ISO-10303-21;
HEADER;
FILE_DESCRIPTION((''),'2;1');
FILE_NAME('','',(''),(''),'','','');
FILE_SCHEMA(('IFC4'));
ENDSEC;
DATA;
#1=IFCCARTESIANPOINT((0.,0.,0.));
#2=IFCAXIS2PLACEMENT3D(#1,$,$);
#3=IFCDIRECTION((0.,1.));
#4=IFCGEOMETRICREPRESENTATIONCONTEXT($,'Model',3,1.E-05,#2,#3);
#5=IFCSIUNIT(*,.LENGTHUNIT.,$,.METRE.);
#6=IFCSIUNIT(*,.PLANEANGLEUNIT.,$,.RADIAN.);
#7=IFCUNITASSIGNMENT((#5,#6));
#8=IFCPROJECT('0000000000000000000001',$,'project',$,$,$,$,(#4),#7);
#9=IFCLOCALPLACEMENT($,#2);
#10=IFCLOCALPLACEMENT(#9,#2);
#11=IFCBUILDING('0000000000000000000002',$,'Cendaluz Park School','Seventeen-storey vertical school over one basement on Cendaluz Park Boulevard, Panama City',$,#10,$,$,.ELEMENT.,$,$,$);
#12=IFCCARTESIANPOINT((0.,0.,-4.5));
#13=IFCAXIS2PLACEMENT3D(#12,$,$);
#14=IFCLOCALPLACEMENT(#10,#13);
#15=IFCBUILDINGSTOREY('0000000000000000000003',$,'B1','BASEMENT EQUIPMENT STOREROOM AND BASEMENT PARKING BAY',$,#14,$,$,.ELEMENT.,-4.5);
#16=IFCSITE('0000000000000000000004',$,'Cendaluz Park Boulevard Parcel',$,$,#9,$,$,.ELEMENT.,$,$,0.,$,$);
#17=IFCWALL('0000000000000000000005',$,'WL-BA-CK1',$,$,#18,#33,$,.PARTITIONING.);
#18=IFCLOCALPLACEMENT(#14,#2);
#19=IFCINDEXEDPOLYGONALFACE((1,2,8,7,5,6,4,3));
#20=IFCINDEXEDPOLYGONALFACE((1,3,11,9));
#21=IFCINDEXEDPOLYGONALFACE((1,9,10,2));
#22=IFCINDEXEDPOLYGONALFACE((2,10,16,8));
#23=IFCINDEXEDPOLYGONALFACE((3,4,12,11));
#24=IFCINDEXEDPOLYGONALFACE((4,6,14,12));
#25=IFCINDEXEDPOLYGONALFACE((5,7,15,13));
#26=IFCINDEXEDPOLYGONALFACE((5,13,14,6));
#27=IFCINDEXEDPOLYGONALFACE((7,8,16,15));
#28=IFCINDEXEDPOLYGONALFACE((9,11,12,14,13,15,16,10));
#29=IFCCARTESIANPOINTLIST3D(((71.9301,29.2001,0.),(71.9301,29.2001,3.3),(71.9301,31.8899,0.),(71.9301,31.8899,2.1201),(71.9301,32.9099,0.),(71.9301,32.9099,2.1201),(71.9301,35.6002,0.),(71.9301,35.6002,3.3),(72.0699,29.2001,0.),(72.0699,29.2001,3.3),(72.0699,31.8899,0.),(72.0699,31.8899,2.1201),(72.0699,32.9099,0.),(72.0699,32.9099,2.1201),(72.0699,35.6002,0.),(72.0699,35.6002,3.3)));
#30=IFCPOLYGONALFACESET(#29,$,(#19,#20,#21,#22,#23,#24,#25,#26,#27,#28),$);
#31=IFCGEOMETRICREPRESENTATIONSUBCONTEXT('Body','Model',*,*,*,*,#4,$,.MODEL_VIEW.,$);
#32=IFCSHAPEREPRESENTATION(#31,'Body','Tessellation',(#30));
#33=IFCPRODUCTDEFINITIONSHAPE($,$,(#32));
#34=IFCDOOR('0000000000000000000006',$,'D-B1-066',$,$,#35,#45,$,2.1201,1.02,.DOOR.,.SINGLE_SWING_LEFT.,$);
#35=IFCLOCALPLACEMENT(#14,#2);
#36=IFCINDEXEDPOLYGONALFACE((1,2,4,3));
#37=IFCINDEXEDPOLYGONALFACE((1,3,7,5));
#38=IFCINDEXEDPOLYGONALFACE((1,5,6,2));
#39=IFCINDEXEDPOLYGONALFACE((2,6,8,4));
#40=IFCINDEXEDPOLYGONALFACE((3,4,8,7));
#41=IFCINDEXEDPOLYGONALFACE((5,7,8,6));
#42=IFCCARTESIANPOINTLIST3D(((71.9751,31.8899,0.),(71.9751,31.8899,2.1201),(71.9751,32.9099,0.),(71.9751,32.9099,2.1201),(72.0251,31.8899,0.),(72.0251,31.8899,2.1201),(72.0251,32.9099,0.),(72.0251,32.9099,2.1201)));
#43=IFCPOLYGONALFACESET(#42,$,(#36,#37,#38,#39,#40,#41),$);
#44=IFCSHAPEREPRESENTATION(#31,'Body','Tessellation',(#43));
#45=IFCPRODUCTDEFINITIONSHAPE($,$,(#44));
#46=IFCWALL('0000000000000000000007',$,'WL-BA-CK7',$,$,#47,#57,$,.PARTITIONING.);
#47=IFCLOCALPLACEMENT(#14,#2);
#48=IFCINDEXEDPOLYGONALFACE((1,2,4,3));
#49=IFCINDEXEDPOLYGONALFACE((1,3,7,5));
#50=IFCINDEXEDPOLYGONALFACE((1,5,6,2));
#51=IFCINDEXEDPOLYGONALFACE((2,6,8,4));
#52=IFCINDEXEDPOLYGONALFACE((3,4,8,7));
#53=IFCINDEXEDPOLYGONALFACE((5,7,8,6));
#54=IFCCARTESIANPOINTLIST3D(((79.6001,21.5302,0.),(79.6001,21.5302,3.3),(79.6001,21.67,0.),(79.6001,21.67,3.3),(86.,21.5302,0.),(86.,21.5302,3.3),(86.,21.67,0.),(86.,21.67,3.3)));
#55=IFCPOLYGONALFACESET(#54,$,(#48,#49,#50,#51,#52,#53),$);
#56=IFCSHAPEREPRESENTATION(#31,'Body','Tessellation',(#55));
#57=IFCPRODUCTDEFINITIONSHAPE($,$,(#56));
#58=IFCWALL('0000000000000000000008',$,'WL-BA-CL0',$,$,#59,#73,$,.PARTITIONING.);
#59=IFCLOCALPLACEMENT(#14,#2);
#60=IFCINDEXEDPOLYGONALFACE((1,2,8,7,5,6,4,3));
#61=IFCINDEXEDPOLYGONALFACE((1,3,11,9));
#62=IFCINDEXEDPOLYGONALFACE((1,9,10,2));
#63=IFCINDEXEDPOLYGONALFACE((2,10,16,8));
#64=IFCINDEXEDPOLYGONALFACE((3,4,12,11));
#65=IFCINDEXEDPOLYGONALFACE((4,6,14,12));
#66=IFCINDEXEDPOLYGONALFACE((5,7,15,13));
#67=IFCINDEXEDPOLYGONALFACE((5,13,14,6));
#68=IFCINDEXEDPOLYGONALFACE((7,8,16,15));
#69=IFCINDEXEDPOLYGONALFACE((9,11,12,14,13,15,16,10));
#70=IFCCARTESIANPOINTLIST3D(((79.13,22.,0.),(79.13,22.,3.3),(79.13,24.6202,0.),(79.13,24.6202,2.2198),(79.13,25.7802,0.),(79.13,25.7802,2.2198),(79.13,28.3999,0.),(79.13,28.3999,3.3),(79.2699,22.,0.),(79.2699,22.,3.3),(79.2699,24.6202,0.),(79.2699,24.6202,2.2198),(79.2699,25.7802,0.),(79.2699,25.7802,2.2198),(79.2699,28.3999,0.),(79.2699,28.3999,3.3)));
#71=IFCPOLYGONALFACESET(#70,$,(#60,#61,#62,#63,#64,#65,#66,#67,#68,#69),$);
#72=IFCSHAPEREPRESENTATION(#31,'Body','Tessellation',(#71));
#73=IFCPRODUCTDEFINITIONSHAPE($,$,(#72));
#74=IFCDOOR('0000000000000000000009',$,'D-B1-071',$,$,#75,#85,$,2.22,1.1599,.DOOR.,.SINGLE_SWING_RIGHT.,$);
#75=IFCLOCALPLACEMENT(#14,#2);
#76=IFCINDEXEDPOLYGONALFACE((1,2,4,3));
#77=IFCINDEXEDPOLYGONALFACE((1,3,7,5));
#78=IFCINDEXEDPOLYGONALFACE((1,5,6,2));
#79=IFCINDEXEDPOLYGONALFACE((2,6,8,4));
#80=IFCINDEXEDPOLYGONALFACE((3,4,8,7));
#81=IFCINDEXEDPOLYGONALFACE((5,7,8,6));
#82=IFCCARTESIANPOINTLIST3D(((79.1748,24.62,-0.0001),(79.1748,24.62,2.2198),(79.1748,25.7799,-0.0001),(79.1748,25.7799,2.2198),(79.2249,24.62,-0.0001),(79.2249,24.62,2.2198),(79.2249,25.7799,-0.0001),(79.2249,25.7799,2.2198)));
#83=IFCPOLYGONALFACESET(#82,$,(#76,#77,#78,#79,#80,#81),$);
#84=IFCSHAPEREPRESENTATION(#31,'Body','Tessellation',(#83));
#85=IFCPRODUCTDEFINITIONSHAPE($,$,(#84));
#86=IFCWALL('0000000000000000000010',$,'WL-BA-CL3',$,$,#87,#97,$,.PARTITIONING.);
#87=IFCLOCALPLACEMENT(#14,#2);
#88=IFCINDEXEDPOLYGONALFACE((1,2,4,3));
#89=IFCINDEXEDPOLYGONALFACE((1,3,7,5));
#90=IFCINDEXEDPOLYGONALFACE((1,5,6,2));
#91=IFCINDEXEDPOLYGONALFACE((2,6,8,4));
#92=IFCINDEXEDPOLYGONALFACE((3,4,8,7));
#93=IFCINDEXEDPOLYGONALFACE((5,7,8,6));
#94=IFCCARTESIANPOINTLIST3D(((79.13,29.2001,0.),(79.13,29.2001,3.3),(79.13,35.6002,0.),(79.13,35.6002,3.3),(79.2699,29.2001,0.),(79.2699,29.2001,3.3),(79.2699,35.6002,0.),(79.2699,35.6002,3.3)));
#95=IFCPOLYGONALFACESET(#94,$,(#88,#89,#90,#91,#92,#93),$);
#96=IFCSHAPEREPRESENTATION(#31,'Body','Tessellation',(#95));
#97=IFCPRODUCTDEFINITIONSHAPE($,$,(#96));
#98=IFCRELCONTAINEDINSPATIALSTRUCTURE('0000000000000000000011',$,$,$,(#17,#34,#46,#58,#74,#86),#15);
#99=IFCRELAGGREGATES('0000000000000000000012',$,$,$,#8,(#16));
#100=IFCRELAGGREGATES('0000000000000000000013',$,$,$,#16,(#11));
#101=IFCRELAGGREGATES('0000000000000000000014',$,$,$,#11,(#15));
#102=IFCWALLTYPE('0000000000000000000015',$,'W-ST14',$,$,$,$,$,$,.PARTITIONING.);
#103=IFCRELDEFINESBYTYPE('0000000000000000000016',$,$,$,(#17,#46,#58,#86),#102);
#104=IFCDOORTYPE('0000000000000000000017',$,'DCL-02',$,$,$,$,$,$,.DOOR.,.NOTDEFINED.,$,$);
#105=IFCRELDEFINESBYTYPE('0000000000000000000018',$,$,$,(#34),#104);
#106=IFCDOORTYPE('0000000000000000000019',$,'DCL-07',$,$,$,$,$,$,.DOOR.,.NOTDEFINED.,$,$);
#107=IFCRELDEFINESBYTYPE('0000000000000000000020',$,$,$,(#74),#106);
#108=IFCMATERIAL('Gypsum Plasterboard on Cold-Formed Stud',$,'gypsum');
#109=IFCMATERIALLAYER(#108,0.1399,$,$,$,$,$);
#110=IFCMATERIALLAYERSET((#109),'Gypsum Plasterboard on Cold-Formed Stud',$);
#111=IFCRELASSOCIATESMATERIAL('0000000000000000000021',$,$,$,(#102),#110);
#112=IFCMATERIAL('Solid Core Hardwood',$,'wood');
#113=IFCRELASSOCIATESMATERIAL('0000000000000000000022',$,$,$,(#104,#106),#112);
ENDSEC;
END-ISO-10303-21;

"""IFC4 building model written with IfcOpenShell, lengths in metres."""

from ifc_helpers import new_model, si_unit, direction, frame, frame_2d, origin, place, context, subcontext, project, spatial, rectangle, extrude, material, layer, layer_set, type_object, element, fill, save


model = new_model("IFC4")

# Units and contexts
model_context = context("Model", 3, precision=1e-05, world=origin(), true_north=direction((0.0, 1.0)))
body_context = subcontext(model_context, "Body", "Model", "MODEL_VIEW")
ifc_project = project(units=[si_unit("LENGTHUNIT", "METRE"), si_unit("PLANEANGLEUNIT", "RADIAN")], contexts=[model_context])

# Site, building, storey
site_placement = place(None, origin())
site = spatial("IfcSite", under=ifc_project, at=site_placement, Name="Cendaluz Park Boulevard Parcel", CompositionType="ELEMENT", RefElevation=0.0)
building_placement = place(site_placement, origin())
building = spatial("IfcBuilding", under=site, at=building_placement, Name="Cendaluz Park School", Description="Seventeen-storey vertical school over one basement on Cendaluz Park Boulevard, Panama City", CompositionType="ELEMENT")
storey_placement = place(building_placement, frame((0.0, 0.0, -4.5)))
storey = spatial("IfcBuildingStorey", under=building, at=storey_placement, Name="B1", Description="BASEMENT EQUIPMENT STOREROOM AND BASEMENT PARKING BAY", CompositionType="ELEMENT", Elevation=-4.5)

# Wall, opening, door
ifc_material_1 = material(Name="Gypsum Plasterboard on Cold-Formed Stud", Category="gypsum")
ifc_layer_1 = layer(ifc_material_1, 0.1399)
ifc_layer_set_1 = layer_set([ifc_layer_1], Name="Gypsum Plasterboard on Cold-Formed Stud")
wall_type_1 = type_object("IfcWallType", Name="W-ST14", PredefinedType="PARTITIONING", material=ifc_layer_set_1)
wall_1_placement = place(storey_placement, frame((72.0, 29.2, 0.0), z_axis=(0.0, 0.0, 1.0), x_axis=(0.0, 1.0, 0.0)))
wall_1 = element("IfcWall", 1, at=wall_1_placement, inside=storey, type_object=wall_type_1, Name="WL-BA-CK1", PredefinedType="PARTITIONING", context=body_context, shape_type="SweptSolid", body=[
    extrude(rectangle(XDim=6.4001, YDim=0.1399, at=frame_2d((3.2002, 0.0))), origin(), (0.0, 0.0, 1.0), 3.3),
])
opening_1_placement = place(wall_1_placement, frame((2.6899, 0.0, 0.0)))
opening_1 = element("IfcOpeningElement", 2, at=opening_1_placement, cuts=wall_1, PredefinedType="OPENING", context=body_context, shape_type="SweptSolid", body=[
    extrude(rectangle(XDim=1.02, YDim=2.1201, at=frame_2d((0.51, 1.0601))), frame((0.0, 0.082, 0.0), z_axis=(0.0, -1.0, 0.0), x_axis=(1.0, 0.0, 0.0)), (0.0, 0.0, 1.0), 0.1638),
])
ifc_material_2 = material(Name="Solid Core Hardwood", Category="wood")
door_type_1 = type_object("IfcDoorType", Name="DCL-02", OperationType="NOTDEFINED", PredefinedType="DOOR", material=ifc_material_2)
door_1_placement = place(opening_1_placement, origin())
door_1 = element("IfcDoor", 3, at=door_1_placement, inside=storey, type_object=door_type_1, Name="D-B1-066", OperationType="SINGLE_SWING_LEFT", OverallHeight=2.1201, OverallWidth=1.02, PredefinedType="DOOR", context=body_context, shape_type="SweptSolid", body=[
    extrude(rectangle(XDim=1.02, YDim=2.1201, at=frame_2d((0.51, 1.0601))), frame((0.0, 0.0249, 0.0), z_axis=(0.0, -1.0, 0.0), x_axis=(1.0, 0.0, 0.0)), (0.0, 0.0, 1.0), 0.05),
])
fill(opening_1, door_1)

# Wall
wall_2_placement = place(storey_placement, frame((79.6001, 21.6001, 0.0), z_axis=(0.0, 0.0, 1.0), x_axis=(1.0, 0.0, 0.0)))
element("IfcWall", 4, at=wall_2_placement, inside=storey, type_object=wall_type_1, Name="WL-BA-CK7", PredefinedType="PARTITIONING", context=body_context, shape_type="SweptSolid", body=[
    extrude(rectangle(XDim=6.3999, YDim=0.1399, at=frame_2d((3.2, 0.0))), origin(), (0.0, 0.0, 1.0), 3.3),
])

# Wall, opening, door
wall_3_placement = place(storey_placement, frame((79.2, 22.0, 0.0), z_axis=(0.0, 0.0, 1.0), x_axis=(0.0, 1.0, 0.0)))
wall_3 = element("IfcWall", 5, at=wall_3_placement, inside=storey, type_object=wall_type_1, Name="WL-BA-CL0", PredefinedType="PARTITIONING", context=body_context, shape_type="SweptSolid", body=[
    extrude(rectangle(XDim=6.3999, YDim=0.1399, at=frame_2d((3.2, 0.0))), origin(), (0.0, 0.0, 1.0), 3.3),
])
opening_2_placement = place(wall_3_placement, frame((2.6201, 0.0, 0.0)))
opening_2 = element("IfcOpeningElement", 6, at=opening_2_placement, cuts=wall_3, PredefinedType="OPENING", context=body_context, shape_type="SweptSolid", body=[
    extrude(rectangle(XDim=1.1599, YDim=2.22, at=frame_2d((0.5801, 1.1099))), frame((0.0, 0.082, 0.0), z_axis=(0.0, -1.0, 0.0), x_axis=(1.0, 0.0, 0.0)), (0.0, 0.0, 1.0), 0.1638),
])
door_type_2 = type_object("IfcDoorType", Name="DCL-07", OperationType="NOTDEFINED", PredefinedType="DOOR", material=ifc_material_2)
door_2_placement = place(opening_2_placement, frame((1.1599, 0.0, 0.0), z_axis=(0.0, 0.0, 1.0), x_axis=(-1.0, 0.0, 0.0)))
door_2 = element("IfcDoor", 7, at=door_2_placement, inside=storey, type_object=door_type_2, Name="D-B1-071", OperationType="SINGLE_SWING_RIGHT", OverallHeight=2.22, OverallWidth=1.1599, PredefinedType="DOOR", context=body_context, shape_type="SweptSolid", body=[
    extrude(rectangle(XDim=1.1599, YDim=2.22, at=frame_2d((0.5801, 1.1099))), frame((0.0, 0.0249, 0.0), z_axis=(0.0, -1.0, 0.0), x_axis=(1.0, 0.0, 0.0)), (0.0, 0.0, 1.0), 0.05),
])
fill(opening_2, door_2)

# Wall
wall_4_placement = place(storey_placement, frame((79.2, 29.2, 0.0), z_axis=(0.0, 0.0, 1.0), x_axis=(0.0, 1.0, 0.0)))
element("IfcWall", 8, at=wall_4_placement, inside=storey, type_object=wall_type_1, Name="WL-BA-CL3", PredefinedType="PARTITIONING", context=body_context, shape_type="SweptSolid", body=[
    extrude(rectangle(XDim=6.4001, YDim=0.1399, at=frame_2d((3.2002, 0.0))), origin(), (0.0, 0.0, 1.0), 3.3),
])

save(model, "model.ifc")
